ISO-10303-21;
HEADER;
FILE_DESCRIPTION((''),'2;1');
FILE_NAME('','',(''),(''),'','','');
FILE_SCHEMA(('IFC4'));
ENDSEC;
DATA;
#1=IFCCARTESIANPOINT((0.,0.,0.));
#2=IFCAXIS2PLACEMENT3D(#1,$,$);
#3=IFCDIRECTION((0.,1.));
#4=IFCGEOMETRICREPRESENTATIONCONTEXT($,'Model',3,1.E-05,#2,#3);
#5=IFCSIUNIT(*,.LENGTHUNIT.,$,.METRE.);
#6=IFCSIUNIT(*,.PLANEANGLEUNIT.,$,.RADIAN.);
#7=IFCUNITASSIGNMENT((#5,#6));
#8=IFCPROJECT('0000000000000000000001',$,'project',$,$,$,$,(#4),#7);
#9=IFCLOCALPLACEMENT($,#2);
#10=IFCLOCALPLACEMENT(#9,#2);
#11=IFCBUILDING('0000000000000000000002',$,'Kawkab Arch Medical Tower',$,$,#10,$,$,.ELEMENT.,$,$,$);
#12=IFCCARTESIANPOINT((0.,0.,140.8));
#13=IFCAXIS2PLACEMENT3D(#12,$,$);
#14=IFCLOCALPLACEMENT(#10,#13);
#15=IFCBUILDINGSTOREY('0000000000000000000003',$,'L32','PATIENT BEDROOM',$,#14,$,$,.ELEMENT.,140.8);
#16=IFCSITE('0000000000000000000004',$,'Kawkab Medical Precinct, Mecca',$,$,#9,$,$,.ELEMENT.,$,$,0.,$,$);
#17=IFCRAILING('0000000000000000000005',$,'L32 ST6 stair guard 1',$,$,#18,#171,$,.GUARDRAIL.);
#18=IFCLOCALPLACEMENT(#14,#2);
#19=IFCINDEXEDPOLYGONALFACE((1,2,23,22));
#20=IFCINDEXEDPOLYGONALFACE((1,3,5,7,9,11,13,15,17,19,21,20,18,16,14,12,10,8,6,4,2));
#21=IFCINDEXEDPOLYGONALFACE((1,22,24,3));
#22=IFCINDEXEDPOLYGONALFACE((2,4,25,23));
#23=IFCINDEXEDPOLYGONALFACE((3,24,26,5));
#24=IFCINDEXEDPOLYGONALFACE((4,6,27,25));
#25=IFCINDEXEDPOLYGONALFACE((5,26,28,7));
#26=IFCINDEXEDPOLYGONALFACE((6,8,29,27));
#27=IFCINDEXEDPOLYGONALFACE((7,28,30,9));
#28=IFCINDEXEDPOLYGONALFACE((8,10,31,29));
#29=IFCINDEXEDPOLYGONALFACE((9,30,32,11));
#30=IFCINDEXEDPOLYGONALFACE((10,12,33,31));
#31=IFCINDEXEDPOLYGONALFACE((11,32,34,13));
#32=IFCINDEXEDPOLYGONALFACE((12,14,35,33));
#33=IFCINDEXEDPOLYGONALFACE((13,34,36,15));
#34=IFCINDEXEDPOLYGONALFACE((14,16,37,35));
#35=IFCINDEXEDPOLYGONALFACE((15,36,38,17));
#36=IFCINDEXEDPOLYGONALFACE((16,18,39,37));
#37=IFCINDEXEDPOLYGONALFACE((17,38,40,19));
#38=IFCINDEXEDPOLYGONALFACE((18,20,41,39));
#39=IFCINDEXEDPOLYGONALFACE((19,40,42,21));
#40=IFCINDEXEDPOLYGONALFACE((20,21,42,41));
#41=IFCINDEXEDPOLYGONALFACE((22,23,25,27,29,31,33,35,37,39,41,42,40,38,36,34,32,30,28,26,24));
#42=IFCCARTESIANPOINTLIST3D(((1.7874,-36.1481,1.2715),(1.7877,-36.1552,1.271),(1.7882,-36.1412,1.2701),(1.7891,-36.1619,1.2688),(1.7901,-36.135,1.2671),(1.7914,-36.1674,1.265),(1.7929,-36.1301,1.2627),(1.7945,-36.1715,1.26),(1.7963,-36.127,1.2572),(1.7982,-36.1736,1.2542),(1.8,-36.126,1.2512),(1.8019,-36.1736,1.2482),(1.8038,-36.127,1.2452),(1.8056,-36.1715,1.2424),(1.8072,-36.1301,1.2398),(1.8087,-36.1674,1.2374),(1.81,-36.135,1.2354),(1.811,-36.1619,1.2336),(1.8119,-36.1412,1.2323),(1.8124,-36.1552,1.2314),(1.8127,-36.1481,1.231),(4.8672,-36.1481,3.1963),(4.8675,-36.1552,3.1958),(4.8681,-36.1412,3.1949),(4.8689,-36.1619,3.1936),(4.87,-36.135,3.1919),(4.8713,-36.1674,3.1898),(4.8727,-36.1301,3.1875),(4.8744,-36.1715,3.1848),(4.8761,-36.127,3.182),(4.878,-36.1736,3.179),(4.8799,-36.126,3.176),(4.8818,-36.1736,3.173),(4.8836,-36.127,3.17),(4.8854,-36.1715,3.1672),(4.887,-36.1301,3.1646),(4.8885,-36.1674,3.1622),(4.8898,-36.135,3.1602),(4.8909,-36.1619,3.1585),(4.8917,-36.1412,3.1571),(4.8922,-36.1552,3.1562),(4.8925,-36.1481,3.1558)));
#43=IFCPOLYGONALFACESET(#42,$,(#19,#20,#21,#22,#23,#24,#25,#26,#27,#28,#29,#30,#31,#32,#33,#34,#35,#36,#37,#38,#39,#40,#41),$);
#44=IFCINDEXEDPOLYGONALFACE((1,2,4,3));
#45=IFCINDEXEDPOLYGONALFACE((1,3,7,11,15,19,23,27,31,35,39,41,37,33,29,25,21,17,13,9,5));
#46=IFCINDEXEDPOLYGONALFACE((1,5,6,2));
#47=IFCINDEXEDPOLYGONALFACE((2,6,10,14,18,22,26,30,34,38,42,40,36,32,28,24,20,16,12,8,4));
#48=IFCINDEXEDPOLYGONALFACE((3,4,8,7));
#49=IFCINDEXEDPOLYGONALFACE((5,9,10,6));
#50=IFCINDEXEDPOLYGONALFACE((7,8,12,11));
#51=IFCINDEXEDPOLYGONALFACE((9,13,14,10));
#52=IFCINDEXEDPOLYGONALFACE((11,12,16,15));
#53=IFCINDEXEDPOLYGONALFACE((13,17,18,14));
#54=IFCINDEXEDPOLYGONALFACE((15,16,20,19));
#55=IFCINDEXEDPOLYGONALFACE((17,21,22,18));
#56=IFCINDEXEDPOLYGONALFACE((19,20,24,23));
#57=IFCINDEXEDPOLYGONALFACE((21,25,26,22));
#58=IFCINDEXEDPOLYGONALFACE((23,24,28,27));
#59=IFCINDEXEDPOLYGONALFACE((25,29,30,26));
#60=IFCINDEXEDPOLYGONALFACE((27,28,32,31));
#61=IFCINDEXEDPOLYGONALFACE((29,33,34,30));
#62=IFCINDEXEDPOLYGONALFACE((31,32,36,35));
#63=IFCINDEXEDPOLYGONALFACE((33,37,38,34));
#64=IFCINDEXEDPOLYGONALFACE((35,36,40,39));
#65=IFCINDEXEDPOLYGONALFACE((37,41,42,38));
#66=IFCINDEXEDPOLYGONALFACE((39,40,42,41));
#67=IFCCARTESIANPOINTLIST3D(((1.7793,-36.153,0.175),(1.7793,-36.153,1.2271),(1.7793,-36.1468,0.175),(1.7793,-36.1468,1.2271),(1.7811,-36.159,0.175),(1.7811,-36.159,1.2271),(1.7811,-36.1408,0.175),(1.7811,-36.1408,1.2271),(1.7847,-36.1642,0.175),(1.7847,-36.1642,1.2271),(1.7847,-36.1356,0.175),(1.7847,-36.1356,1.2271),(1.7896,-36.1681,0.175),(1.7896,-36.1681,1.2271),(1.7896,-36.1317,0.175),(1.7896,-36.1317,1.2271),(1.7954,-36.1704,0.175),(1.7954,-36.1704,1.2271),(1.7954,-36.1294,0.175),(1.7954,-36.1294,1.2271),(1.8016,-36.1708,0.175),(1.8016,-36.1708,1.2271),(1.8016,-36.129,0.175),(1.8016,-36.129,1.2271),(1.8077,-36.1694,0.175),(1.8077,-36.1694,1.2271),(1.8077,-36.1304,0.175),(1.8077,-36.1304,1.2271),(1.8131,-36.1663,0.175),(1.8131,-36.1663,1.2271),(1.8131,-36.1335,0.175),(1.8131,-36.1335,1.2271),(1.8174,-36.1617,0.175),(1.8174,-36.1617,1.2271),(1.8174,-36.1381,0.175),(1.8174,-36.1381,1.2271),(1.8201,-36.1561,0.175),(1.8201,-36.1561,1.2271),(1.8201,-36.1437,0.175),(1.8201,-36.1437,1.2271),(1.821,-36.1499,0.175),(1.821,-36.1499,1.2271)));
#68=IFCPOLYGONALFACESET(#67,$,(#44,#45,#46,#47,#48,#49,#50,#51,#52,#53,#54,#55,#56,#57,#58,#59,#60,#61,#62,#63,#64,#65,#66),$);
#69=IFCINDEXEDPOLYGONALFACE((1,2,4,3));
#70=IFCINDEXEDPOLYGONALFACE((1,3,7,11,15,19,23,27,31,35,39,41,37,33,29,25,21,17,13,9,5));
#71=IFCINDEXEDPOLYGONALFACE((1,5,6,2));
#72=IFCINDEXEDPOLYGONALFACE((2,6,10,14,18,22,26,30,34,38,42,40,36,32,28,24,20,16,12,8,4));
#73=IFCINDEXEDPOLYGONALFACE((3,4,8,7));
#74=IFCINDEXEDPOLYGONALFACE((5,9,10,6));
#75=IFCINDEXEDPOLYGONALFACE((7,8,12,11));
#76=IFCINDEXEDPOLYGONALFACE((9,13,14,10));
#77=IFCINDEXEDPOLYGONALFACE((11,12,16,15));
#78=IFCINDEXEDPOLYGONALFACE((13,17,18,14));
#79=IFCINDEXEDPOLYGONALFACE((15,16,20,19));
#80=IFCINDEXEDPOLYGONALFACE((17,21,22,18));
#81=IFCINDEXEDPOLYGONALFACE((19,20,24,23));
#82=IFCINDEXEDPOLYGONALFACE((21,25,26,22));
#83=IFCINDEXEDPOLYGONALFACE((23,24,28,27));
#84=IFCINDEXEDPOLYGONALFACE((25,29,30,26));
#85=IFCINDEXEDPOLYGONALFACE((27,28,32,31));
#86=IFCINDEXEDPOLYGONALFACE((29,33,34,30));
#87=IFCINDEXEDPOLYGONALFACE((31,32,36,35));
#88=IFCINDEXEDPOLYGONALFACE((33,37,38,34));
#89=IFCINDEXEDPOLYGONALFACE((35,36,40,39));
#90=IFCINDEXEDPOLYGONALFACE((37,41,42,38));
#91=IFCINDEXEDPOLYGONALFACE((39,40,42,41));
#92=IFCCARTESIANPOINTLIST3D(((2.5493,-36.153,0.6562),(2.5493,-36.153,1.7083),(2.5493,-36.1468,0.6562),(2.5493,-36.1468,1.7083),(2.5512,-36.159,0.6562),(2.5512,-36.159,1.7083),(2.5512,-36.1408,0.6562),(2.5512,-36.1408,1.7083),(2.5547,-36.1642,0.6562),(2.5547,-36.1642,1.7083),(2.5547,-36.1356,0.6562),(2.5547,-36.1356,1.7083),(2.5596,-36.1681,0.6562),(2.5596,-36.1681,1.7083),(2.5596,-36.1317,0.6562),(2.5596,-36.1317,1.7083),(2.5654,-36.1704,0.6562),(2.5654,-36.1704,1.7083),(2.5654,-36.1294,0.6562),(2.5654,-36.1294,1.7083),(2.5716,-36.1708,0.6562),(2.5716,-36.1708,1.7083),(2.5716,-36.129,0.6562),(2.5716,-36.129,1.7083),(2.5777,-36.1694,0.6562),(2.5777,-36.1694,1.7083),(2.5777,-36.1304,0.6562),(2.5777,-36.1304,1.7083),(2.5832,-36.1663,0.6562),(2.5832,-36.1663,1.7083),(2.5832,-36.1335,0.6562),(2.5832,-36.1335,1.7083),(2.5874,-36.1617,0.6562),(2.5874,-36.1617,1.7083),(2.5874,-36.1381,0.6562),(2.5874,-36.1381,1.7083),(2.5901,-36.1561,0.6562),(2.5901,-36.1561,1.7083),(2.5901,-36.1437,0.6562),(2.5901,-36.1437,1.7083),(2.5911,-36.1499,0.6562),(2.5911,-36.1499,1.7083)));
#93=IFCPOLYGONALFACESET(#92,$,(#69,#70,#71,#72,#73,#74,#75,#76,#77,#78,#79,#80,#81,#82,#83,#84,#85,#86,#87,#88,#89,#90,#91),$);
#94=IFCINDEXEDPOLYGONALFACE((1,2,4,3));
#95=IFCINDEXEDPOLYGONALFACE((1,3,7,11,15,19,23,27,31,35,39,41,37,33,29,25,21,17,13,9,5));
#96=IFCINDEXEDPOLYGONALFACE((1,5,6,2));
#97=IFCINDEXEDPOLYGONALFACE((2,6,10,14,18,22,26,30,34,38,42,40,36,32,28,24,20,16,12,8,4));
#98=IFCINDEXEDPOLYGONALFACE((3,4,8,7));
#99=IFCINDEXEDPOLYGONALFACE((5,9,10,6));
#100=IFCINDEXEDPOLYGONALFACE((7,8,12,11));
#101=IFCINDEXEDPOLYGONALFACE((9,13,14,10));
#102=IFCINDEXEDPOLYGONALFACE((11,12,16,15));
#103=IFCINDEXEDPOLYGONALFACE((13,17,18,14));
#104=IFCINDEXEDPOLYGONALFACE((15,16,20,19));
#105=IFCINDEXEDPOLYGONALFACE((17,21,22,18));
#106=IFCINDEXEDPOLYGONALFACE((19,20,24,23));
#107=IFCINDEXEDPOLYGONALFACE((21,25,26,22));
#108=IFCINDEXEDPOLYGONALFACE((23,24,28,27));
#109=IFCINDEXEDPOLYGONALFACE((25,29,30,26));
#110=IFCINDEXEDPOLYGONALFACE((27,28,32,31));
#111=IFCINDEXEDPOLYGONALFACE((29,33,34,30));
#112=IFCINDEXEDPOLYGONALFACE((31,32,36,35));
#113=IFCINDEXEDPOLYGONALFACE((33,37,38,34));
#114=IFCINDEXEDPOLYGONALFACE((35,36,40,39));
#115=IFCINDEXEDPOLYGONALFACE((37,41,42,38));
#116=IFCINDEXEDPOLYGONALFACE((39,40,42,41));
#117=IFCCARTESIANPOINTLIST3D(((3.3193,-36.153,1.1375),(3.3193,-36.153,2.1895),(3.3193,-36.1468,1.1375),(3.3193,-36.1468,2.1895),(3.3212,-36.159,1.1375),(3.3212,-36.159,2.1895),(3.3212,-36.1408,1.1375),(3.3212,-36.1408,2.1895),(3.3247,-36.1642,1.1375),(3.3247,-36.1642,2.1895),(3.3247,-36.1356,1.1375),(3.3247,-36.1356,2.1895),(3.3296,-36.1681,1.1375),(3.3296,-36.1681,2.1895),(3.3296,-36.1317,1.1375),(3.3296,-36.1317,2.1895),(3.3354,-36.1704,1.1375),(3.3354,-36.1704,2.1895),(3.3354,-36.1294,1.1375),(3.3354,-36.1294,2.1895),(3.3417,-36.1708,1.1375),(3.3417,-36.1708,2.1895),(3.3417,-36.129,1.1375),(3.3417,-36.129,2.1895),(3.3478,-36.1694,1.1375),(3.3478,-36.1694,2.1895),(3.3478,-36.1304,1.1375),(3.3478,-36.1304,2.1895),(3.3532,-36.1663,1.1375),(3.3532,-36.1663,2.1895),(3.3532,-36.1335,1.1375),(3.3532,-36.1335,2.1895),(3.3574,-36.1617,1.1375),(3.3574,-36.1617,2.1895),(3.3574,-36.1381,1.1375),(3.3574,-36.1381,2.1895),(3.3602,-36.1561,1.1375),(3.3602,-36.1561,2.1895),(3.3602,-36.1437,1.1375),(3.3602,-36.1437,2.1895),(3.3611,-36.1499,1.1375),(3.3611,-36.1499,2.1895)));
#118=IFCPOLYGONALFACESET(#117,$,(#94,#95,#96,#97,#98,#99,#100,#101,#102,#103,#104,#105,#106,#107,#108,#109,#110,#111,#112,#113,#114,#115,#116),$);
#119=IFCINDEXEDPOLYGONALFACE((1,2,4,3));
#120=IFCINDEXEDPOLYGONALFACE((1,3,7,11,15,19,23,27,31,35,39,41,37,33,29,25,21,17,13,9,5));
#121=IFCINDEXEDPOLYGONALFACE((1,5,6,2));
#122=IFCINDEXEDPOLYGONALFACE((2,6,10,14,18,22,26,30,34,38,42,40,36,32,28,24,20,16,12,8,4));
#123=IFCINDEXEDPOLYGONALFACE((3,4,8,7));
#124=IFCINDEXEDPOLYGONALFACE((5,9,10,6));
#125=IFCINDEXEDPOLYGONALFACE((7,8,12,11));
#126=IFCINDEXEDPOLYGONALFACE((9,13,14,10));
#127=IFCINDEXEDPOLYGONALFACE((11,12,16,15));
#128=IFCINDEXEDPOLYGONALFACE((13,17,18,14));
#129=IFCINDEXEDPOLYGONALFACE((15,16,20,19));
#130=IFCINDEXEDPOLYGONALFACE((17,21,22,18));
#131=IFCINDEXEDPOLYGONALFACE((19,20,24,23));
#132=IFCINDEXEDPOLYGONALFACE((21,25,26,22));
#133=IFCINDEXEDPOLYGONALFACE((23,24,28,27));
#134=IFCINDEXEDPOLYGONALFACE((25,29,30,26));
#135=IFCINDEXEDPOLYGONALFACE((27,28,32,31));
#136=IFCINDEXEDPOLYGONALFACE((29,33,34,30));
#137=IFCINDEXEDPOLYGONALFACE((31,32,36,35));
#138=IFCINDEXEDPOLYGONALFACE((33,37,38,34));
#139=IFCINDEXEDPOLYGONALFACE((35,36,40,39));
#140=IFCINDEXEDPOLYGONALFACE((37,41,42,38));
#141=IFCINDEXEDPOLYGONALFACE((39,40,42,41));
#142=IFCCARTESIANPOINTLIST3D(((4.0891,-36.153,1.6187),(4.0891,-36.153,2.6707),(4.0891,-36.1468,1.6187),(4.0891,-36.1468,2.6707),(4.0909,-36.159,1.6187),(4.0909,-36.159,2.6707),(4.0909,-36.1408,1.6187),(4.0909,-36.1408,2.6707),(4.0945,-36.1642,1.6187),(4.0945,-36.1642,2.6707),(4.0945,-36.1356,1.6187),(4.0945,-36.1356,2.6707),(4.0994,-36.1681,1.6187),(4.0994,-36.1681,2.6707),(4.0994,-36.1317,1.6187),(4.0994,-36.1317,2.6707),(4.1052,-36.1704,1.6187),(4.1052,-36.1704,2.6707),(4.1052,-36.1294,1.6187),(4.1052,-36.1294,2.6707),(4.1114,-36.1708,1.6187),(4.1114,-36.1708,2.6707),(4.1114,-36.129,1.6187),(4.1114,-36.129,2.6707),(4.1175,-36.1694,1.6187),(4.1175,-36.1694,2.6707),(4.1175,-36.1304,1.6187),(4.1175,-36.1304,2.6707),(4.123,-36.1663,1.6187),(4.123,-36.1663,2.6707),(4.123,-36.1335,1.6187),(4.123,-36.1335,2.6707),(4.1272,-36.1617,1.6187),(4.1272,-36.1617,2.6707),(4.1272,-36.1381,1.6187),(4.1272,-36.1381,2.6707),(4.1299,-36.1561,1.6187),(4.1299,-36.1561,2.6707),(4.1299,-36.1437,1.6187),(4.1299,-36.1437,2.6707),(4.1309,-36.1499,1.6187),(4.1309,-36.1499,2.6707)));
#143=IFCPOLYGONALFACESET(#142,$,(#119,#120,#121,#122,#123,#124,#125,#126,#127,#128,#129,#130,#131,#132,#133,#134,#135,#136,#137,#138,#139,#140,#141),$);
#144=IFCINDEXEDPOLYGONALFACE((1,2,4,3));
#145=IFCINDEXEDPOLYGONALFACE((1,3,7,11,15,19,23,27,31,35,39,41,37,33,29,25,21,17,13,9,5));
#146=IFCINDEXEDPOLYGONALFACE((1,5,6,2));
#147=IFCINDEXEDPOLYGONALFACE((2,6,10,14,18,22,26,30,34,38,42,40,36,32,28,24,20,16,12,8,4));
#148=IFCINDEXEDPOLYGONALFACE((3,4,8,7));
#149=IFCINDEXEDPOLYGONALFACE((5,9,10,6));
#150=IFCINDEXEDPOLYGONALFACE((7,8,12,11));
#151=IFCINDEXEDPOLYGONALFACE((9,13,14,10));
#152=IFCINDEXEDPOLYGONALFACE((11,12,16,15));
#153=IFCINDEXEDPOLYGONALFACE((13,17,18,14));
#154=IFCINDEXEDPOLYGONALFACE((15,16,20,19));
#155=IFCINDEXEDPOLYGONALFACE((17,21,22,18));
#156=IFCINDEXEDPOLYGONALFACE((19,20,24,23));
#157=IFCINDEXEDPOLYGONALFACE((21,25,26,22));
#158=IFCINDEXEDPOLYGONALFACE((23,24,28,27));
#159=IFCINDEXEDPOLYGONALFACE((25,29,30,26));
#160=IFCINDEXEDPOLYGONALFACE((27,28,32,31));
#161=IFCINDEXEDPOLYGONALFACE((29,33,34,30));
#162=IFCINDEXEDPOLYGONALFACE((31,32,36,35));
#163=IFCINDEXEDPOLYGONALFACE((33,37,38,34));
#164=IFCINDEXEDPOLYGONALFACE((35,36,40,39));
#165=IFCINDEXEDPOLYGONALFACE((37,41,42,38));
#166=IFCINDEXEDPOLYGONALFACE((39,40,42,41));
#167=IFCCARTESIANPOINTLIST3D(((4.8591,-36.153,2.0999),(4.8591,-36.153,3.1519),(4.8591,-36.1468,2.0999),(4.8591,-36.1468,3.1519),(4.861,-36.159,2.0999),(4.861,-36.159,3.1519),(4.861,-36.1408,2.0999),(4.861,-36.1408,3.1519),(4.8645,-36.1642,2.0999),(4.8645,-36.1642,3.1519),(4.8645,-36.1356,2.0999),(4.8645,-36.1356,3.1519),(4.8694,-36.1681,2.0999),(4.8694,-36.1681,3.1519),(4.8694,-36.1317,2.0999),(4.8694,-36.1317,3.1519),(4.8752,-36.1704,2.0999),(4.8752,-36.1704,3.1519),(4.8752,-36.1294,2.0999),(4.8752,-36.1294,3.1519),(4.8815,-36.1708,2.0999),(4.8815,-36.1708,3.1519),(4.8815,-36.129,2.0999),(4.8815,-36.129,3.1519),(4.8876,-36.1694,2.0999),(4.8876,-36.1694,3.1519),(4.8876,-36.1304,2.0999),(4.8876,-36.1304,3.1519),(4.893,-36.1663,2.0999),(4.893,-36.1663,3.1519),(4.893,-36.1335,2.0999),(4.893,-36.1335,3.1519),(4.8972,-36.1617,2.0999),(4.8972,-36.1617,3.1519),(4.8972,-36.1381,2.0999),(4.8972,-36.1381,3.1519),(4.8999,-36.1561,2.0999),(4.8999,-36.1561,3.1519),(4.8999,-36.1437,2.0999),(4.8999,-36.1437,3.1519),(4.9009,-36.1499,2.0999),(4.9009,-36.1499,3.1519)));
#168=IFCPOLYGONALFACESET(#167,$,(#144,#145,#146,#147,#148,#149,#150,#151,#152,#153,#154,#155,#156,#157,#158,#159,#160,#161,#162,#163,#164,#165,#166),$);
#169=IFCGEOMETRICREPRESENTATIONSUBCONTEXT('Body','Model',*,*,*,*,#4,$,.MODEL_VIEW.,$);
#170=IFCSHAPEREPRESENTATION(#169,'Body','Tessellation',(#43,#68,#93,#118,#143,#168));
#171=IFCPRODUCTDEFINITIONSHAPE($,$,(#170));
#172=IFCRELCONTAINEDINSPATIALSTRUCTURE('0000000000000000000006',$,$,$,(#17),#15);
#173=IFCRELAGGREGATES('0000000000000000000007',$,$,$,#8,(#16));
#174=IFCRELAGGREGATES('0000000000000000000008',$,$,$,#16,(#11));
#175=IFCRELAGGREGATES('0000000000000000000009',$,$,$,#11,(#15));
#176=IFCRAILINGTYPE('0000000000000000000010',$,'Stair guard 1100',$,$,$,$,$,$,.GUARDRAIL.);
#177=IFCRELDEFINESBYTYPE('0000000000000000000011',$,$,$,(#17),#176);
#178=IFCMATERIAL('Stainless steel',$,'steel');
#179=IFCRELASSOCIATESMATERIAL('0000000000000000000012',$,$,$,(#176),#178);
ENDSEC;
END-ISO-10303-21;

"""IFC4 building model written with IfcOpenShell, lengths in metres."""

from ifc_helpers import new_model, si_unit, direction, frame, origin, origin_2d, place, context, subcontext, project, spatial, circle, extrude, material, type_object, element, save


model = new_model("IFC4")

# Units and contexts
model_context = context("Model", 3, precision=1e-05, world=origin(), true_north=direction((0.0, 1.0)))
body_context = subcontext(model_context, "Body", "Model", "MODEL_VIEW")
ifc_project = project(units=[si_unit("LENGTHUNIT", "METRE"), si_unit("PLANEANGLEUNIT", "RADIAN")], contexts=[model_context])

# Site, building, storey
site_placement = place(None, origin())
site = spatial("IfcSite", under=ifc_project, at=site_placement, Name="Kawkab Medical Precinct, Mecca", CompositionType="ELEMENT", RefElevation=0.0)
building_placement = place(site_placement, origin())
building = spatial("IfcBuilding", under=site, at=building_placement, Name="Kawkab Arch Medical Tower", CompositionType="ELEMENT")
storey_placement = place(building_placement, frame((0.0, 0.0, 140.8)))
storey = spatial("IfcBuildingStorey", under=building, at=storey_placement, Name="L32", Description="PATIENT BEDROOM", CompositionType="ELEMENT", Elevation=140.8)

# Railing
ifc_material_1 = material(Name="Stainless steel", Category="steel")
railing_type = type_object("IfcRailingType", Name="Stair guard 1100", PredefinedType="GUARDRAIL", material=ifc_material_1)
railing_1_placement = place(storey_placement, frame((1.8, -36.1499, 0.175)))
element("IfcRailing", 1, at=railing_1_placement, inside=storey, type_object=railing_type, Name="L32 ST6 stair guard 1", PredefinedType="GUARDRAIL", context=body_context, shape_type="SweptSolid", body=[
    extrude(circle(Radius=0.0239, at=origin_2d()), frame((0.0, 0.0, 1.0762), z_axis=(0.84801, 0.0, 0.529981), x_axis=(0.0, 1.0, 0.0)), (0.0, 0.0, 1.0), 3.6318),
    extrude(circle(Radius=0.021, at=origin_2d()), origin(), (0.0, 0.0, 1.0), 1.052),
    extrude(circle(Radius=0.021, at=origin_2d()), frame((0.77, 0.0, 0.4812)), (0.0, 0.0, 1.0), 1.052),
    extrude(circle(Radius=0.021, at=origin_2d()), frame((1.54, 0.0, 0.9624)), (0.0, 0.0, 1.0), 1.052),
    extrude(circle(Radius=0.021, at=origin_2d()), frame((2.3098, 0.0, 1.4436)), (0.0, 0.0, 1.0), 1.052),
    extrude(circle(Radius=0.021, at=origin_2d()), frame((3.0798, 0.0, 1.9248)), (0.0, 0.0, 1.0), 1.052),
])

save(model, "model.ifc")
